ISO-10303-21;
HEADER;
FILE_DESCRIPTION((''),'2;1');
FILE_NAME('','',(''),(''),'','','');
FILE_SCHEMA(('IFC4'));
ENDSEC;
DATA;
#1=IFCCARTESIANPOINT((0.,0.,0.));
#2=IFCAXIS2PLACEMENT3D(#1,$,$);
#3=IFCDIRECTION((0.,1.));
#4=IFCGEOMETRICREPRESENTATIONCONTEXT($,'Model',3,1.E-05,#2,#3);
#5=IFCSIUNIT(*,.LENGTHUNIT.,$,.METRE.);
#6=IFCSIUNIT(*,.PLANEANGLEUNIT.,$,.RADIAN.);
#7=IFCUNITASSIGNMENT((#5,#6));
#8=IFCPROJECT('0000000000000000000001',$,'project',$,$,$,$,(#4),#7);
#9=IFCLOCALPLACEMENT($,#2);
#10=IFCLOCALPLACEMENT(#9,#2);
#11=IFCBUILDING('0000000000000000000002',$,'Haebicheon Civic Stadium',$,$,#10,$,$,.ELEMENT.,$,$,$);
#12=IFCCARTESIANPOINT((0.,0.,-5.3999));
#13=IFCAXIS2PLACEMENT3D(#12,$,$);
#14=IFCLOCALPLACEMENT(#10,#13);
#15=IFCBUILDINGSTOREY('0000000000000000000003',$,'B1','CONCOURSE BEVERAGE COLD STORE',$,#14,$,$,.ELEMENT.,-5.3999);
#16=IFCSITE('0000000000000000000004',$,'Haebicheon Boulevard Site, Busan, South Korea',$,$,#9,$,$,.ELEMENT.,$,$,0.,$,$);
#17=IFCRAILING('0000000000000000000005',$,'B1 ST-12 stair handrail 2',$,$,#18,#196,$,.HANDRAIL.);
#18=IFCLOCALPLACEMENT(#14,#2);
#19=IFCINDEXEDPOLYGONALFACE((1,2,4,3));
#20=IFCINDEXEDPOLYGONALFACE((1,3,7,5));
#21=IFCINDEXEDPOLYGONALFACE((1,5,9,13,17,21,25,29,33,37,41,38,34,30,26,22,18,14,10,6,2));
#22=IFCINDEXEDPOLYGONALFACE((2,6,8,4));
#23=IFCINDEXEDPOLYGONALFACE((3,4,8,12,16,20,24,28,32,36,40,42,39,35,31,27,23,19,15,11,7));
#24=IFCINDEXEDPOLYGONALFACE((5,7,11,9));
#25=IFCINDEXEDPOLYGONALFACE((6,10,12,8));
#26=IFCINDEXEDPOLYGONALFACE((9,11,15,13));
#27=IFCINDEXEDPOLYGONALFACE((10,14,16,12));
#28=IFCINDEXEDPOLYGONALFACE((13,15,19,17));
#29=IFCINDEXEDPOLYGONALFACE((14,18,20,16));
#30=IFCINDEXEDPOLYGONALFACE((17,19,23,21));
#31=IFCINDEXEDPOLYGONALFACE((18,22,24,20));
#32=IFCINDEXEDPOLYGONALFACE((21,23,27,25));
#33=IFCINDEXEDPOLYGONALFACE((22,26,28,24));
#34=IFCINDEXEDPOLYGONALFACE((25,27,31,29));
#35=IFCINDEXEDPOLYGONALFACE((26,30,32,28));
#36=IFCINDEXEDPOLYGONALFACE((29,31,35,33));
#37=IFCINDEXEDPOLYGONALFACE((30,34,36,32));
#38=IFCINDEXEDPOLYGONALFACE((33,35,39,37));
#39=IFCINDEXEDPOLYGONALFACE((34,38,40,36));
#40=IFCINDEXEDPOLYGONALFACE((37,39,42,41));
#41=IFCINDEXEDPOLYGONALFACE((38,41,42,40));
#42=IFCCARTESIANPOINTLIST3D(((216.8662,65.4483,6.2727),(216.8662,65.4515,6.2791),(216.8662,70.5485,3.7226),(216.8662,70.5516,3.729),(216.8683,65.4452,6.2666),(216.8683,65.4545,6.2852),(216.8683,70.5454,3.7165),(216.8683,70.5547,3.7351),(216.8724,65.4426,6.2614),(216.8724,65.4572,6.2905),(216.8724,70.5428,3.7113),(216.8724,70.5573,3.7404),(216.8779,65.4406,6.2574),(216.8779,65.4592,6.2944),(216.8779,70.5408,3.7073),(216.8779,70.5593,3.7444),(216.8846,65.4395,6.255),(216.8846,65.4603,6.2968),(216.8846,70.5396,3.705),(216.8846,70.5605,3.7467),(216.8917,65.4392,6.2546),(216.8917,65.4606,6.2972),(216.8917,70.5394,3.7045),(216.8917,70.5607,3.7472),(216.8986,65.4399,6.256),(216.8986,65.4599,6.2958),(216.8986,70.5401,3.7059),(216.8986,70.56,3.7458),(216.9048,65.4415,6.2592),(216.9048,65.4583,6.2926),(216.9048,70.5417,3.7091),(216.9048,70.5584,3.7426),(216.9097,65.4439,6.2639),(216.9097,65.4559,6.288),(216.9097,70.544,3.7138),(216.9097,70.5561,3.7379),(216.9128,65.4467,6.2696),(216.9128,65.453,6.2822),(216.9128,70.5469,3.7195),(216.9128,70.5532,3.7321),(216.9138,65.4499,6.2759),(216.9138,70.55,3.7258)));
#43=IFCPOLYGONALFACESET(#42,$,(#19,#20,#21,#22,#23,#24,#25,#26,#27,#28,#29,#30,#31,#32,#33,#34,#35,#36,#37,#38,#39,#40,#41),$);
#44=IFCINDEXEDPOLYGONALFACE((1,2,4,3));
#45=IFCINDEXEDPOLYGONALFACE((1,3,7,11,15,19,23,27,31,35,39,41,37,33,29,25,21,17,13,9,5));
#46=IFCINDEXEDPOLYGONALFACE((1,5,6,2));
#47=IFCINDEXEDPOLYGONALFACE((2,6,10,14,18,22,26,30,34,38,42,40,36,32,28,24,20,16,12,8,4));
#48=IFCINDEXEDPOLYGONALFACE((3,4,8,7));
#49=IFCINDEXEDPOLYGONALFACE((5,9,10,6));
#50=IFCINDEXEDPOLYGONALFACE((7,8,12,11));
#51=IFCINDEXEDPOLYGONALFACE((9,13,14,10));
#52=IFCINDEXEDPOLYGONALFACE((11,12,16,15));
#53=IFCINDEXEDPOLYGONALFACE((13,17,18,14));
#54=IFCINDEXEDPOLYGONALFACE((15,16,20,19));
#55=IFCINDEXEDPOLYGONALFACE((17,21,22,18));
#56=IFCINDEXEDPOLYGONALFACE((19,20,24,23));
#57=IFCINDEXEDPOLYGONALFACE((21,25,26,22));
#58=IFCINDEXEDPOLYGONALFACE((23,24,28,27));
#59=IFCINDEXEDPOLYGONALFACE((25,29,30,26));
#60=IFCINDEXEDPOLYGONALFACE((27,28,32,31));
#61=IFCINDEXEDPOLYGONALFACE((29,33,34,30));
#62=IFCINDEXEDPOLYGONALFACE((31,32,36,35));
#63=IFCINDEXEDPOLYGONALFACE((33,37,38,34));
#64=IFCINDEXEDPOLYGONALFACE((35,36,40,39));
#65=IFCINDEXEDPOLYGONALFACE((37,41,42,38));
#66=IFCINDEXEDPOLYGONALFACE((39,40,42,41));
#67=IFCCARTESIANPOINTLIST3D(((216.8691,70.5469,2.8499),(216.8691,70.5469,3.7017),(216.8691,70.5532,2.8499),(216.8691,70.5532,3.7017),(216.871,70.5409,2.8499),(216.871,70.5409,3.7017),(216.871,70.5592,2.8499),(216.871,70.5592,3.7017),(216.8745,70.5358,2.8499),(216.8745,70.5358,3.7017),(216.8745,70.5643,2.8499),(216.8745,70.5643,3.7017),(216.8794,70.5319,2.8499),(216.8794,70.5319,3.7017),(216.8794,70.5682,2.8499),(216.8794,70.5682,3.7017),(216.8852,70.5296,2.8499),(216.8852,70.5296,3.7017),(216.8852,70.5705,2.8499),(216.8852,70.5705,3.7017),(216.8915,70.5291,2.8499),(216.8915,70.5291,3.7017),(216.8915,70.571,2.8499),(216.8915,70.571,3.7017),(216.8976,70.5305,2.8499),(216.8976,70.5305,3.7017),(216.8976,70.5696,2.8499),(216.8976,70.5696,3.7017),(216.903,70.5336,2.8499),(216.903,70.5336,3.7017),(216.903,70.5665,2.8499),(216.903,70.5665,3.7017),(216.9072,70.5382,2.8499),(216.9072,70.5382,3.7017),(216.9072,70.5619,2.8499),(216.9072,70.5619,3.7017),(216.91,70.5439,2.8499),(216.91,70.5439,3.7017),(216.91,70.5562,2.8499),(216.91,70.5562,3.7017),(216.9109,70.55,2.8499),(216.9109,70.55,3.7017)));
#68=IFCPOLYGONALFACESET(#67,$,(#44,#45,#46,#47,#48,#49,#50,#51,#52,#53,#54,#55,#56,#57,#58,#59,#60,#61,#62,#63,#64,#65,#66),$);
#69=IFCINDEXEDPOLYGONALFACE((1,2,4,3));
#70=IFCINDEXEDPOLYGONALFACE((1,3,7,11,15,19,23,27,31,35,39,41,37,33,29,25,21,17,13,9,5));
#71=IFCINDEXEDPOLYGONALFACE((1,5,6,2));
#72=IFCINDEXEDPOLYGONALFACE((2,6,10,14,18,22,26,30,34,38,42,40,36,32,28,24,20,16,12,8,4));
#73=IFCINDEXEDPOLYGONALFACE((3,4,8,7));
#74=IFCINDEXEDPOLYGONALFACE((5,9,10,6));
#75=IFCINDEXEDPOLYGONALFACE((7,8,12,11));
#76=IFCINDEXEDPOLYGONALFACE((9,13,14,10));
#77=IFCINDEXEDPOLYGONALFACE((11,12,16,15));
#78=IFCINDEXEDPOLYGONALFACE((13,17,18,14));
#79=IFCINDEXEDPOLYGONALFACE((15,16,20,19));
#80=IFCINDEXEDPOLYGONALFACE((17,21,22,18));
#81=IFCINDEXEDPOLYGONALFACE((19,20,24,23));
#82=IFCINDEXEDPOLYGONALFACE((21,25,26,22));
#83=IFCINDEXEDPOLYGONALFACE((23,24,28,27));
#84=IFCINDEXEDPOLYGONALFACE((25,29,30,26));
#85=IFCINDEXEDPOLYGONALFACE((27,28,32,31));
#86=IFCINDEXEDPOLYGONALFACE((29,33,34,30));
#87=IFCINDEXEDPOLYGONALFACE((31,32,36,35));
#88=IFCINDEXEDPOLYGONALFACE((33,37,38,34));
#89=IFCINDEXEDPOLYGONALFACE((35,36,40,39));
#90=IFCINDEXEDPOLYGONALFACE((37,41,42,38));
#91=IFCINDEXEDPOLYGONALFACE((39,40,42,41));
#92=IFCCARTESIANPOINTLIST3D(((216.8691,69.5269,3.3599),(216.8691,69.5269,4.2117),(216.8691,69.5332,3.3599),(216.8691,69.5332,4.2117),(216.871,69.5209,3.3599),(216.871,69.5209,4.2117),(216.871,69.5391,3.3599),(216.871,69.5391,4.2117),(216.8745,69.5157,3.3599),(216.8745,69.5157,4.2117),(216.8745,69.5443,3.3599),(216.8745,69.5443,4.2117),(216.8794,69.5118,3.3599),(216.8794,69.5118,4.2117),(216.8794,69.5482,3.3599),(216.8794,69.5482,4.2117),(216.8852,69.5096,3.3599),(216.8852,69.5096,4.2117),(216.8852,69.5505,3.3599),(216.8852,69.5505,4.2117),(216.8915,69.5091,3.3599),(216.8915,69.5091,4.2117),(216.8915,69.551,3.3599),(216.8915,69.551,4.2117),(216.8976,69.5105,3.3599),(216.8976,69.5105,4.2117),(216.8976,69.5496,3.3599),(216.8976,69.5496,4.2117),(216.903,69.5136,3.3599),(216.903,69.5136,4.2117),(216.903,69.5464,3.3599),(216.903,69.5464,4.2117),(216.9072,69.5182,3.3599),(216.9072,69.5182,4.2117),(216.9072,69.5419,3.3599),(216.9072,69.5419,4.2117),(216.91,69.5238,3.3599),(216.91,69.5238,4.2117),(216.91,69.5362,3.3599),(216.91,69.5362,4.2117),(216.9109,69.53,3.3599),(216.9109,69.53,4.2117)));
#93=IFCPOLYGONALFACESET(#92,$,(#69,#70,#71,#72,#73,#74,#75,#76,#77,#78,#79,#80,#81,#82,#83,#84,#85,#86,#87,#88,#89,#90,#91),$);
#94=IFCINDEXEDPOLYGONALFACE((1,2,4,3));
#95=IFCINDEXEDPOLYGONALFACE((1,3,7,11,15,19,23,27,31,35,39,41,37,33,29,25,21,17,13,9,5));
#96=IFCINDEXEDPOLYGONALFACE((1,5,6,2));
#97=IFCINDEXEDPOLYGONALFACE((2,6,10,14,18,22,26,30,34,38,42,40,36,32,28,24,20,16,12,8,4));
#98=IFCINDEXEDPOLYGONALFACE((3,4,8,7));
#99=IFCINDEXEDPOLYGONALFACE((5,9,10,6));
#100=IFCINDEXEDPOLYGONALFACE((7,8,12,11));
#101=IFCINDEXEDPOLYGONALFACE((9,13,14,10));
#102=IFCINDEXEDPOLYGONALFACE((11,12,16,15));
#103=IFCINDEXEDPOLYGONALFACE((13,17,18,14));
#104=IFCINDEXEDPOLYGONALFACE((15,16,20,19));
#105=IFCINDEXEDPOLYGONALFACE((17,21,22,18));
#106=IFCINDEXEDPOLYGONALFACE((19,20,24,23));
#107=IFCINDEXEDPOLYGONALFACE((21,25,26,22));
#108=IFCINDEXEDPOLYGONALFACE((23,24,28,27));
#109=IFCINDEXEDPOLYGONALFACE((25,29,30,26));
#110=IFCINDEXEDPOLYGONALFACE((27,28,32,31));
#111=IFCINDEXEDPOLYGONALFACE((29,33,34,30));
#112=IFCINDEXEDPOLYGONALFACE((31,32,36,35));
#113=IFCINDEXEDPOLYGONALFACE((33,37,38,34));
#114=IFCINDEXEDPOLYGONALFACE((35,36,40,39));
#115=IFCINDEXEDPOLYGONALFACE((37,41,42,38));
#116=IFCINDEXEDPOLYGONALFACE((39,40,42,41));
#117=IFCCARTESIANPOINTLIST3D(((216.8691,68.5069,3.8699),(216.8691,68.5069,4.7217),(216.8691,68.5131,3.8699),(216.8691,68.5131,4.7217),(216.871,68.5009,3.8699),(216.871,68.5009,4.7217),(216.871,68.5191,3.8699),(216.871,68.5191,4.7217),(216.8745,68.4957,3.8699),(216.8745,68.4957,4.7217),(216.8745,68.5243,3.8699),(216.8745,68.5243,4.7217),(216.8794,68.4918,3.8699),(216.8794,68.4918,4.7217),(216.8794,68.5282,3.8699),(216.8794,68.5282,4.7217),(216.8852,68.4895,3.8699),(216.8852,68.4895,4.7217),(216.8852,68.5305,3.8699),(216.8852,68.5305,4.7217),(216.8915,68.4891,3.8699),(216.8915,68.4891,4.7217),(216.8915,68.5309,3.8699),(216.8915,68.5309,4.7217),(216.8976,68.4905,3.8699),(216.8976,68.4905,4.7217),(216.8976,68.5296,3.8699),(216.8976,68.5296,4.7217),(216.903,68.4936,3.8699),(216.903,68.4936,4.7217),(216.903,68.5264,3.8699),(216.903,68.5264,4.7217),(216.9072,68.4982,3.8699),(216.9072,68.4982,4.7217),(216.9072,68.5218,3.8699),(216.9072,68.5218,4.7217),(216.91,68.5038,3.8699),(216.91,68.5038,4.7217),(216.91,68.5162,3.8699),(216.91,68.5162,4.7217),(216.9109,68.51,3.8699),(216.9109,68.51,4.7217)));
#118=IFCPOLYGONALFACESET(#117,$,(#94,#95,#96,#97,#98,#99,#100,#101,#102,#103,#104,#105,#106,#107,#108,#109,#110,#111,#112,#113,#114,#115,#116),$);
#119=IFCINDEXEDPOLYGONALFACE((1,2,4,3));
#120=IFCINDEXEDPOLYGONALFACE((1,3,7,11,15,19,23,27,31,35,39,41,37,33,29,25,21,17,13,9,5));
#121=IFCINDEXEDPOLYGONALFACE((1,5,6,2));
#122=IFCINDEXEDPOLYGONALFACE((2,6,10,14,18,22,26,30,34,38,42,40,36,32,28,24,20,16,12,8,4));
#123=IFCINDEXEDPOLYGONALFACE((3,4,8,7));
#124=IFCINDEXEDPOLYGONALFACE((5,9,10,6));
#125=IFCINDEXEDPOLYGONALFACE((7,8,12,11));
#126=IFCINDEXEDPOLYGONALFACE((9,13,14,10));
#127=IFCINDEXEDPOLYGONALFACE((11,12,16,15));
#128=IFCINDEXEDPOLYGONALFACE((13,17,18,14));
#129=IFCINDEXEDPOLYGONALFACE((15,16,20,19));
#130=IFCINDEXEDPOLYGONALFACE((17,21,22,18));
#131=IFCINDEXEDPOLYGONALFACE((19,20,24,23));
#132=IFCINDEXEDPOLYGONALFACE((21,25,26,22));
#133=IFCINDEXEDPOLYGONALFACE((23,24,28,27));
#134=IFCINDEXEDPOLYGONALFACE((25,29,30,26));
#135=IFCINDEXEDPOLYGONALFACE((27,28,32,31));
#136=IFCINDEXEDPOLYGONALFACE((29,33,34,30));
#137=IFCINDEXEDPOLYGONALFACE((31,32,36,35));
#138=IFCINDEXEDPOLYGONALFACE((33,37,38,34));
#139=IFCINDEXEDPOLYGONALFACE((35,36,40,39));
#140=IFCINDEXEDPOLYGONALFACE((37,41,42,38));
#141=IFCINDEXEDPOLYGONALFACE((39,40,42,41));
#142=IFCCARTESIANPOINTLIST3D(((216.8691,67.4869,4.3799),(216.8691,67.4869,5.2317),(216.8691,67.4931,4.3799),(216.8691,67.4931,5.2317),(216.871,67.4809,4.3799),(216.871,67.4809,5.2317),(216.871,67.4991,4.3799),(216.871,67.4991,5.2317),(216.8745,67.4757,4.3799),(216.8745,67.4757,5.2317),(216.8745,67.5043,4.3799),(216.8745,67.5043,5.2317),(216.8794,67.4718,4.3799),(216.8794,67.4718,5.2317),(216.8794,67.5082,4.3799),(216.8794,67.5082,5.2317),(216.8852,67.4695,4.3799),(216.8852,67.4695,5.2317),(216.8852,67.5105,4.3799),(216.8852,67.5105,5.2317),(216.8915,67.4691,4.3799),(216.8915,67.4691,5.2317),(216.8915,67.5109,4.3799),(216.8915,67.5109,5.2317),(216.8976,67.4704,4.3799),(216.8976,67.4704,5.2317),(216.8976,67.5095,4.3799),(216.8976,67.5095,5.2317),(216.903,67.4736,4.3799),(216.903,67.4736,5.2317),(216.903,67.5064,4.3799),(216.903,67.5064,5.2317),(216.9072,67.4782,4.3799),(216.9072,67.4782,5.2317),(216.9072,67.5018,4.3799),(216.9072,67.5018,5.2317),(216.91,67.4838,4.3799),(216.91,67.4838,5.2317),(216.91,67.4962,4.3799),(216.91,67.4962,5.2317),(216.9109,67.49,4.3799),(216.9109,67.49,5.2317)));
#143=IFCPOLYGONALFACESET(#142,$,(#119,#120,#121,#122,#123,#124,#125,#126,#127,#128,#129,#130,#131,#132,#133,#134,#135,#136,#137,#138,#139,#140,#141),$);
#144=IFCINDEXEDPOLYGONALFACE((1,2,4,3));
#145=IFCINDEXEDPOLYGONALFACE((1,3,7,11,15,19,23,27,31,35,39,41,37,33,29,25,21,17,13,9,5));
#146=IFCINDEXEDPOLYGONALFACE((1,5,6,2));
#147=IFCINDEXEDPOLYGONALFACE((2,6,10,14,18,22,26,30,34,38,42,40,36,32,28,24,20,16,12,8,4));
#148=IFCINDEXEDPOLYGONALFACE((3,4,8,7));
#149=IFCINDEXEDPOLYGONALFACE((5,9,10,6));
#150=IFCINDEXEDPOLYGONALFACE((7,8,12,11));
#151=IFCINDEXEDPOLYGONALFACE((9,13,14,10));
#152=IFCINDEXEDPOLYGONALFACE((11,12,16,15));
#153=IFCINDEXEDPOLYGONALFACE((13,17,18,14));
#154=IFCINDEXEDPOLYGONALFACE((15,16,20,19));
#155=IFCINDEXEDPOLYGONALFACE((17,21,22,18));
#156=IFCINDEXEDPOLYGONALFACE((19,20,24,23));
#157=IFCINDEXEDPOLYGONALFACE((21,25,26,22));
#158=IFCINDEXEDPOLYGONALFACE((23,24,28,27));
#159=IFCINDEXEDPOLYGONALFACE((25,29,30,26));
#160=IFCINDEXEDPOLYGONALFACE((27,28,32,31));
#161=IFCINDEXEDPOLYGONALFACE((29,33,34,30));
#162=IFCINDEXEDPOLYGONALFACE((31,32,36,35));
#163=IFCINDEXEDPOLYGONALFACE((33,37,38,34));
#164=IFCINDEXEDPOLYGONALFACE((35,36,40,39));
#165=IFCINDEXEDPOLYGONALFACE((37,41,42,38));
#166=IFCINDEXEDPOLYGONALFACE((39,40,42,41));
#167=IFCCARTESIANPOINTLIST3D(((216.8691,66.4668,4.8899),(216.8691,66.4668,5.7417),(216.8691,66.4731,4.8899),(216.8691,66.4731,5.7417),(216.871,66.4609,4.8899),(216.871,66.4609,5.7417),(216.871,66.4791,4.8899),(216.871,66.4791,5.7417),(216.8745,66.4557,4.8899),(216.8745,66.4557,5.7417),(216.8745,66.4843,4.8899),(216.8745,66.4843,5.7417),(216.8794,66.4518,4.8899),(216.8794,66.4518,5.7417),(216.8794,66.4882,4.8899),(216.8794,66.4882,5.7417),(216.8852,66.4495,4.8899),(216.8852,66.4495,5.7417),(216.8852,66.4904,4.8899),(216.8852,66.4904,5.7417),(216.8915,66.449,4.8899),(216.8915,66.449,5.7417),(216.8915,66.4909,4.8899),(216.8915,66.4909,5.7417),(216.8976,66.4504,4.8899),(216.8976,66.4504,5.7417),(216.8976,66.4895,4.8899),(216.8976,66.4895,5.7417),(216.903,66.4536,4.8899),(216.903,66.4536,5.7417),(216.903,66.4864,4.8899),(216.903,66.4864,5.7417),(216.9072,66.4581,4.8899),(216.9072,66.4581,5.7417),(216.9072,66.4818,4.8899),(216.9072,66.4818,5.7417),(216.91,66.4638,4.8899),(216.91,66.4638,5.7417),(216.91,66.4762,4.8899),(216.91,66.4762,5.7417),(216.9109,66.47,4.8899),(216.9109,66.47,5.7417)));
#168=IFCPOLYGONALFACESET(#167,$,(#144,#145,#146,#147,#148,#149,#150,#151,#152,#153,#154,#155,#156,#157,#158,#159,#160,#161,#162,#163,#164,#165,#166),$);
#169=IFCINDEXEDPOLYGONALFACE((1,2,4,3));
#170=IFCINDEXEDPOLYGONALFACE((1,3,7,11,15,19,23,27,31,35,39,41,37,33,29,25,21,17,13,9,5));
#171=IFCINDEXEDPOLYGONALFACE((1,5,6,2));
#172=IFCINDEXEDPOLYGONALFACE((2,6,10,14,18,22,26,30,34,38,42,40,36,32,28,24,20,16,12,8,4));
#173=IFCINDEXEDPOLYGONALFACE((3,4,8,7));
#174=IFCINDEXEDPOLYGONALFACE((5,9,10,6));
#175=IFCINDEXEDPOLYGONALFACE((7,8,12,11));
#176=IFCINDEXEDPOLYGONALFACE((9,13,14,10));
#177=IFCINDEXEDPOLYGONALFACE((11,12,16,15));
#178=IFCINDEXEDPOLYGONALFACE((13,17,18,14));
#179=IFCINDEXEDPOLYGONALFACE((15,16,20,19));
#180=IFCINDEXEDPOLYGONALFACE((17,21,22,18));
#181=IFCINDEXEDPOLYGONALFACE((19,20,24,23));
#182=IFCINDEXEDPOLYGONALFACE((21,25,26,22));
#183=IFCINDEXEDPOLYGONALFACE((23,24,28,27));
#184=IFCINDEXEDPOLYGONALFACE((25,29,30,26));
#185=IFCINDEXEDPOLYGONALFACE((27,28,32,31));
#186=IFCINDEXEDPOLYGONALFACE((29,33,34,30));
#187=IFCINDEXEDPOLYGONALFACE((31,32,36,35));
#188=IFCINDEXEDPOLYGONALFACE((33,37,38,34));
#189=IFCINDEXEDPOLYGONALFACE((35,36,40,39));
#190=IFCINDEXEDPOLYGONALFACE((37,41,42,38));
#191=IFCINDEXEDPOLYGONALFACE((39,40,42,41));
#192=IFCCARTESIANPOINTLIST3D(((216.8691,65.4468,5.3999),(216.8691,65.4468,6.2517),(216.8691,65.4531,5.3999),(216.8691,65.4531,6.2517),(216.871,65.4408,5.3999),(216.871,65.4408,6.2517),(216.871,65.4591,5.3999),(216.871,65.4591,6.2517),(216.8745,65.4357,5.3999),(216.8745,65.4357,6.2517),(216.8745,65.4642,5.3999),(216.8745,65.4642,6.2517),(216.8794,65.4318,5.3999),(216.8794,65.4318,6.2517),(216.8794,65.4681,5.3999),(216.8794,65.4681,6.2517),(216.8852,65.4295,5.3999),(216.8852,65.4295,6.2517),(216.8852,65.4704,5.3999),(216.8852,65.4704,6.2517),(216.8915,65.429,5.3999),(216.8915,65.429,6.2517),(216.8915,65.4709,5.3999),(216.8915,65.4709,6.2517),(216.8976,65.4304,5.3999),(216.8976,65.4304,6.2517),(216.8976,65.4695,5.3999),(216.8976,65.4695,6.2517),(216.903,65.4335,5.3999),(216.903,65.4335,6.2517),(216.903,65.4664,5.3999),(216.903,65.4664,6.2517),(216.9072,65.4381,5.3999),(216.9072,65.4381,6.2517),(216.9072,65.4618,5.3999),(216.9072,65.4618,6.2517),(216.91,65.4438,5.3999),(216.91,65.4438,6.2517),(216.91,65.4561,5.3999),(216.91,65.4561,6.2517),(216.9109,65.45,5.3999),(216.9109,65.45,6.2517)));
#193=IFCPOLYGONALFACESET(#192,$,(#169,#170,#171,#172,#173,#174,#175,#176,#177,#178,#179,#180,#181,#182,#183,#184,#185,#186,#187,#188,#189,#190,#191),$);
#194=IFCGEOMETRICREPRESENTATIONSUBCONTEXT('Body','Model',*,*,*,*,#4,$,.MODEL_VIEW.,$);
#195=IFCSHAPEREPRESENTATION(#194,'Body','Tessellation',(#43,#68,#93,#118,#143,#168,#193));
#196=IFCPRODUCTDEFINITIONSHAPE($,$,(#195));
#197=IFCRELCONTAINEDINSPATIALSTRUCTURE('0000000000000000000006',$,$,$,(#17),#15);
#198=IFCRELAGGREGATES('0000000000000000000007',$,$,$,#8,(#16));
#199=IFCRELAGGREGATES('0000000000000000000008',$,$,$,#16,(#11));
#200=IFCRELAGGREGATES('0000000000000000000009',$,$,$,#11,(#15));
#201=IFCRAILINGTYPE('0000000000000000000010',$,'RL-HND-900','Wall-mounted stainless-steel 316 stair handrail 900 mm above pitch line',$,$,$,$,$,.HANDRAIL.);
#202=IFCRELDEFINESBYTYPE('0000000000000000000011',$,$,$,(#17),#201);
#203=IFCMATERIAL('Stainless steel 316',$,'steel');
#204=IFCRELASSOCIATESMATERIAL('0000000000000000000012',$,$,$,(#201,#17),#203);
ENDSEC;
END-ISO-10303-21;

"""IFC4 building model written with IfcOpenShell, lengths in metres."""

from ifc_helpers import new_model, si_unit, direction, frame, origin, origin_2d, place, context, subcontext, project, spatial, circle, extrude, material, type_object, element, save


model = new_model("IFC4")

# Units and contexts
model_context = context("Model", 3, precision=1e-05, world=origin(), true_north=direction((0.0, 1.0)))
body_context = subcontext(model_context, "Body", "Model", "MODEL_VIEW")
ifc_project = project(units=[si_unit("LENGTHUNIT", "METRE"), si_unit("PLANEANGLEUNIT", "RADIAN")], contexts=[model_context])

# Site, building, storey
site_placement = place(None, origin())
site = spatial("IfcSite", under=ifc_project, at=site_placement, Name="Haebicheon Boulevard Site, Busan, South Korea", CompositionType="ELEMENT", RefElevation=0.0)
building_placement = place(site_placement, origin())
building = spatial("IfcBuilding", under=site, at=building_placement, Name="Haebicheon Civic Stadium", CompositionType="ELEMENT")
storey_placement = place(building_placement, frame((0.0, 0.0, -5.3999)))
storey = spatial("IfcBuildingStorey", under=building, at=storey_placement, Name="B1", Description="CONCOURSE BEVERAGE COLD STORE", CompositionType="ELEMENT", Elevation=-5.3999)

# Railing
ifc_material_1 = material(Name="Stainless steel 316", Category="steel")
railing_type_1 = type_object("IfcRailingType", Name="RL-HND-900", Description="Wall-mounted stainless-steel 316 stair handrail 900 mm above pitch line", PredefinedType="HANDRAIL", material=ifc_material_1)
railing_1_placement = place(storey_placement, frame((216.8899, 70.55, 2.8499)))
element("IfcRailing", 1, at=railing_1_placement, inside=storey, type_object=railing_type_1, material=ifc_material_1, Name="B1 ST-12 stair handrail 2", PredefinedType="HANDRAIL", context=body_context, shape_type="SweptSolid", body=[
    extrude(circle(Radius=0.0239, at=origin_2d()), frame((0.0, 0.0, 0.876), z_axis=(0.0, -0.894427, 0.447214), x_axis=(1.0, 0.0, 0.0)), (0.0, 0.0, 1.0), 5.7021),
    extrude(circle(Radius=0.021, at=origin_2d()), origin(), (0.0, 0.0, 1.0), 0.8518),
    extrude(circle(Radius=0.021, at=origin_2d()), frame((0.0, -1.02, 0.51)), (0.0, 0.0, 1.0), 0.8518),
    extrude(circle(Radius=0.021, at=origin_2d()), frame((0.0, -2.04, 1.02)), (0.0, 0.0, 1.0), 0.8518),
    extrude(circle(Radius=0.021, at=origin_2d()), frame((0.0, -3.0601, 1.53)), (0.0, 0.0, 1.0), 0.8518),
    extrude(circle(Radius=0.021, at=origin_2d()), frame((0.0, -4.0801, 2.04)), (0.0, 0.0, 1.0), 0.8518),
    extrude(circle(Radius=0.021, at=origin_2d()), frame((0.0, -5.1001, 2.55)), (0.0, 0.0, 1.0), 0.8518),
])

save(model, "model.ifc")
